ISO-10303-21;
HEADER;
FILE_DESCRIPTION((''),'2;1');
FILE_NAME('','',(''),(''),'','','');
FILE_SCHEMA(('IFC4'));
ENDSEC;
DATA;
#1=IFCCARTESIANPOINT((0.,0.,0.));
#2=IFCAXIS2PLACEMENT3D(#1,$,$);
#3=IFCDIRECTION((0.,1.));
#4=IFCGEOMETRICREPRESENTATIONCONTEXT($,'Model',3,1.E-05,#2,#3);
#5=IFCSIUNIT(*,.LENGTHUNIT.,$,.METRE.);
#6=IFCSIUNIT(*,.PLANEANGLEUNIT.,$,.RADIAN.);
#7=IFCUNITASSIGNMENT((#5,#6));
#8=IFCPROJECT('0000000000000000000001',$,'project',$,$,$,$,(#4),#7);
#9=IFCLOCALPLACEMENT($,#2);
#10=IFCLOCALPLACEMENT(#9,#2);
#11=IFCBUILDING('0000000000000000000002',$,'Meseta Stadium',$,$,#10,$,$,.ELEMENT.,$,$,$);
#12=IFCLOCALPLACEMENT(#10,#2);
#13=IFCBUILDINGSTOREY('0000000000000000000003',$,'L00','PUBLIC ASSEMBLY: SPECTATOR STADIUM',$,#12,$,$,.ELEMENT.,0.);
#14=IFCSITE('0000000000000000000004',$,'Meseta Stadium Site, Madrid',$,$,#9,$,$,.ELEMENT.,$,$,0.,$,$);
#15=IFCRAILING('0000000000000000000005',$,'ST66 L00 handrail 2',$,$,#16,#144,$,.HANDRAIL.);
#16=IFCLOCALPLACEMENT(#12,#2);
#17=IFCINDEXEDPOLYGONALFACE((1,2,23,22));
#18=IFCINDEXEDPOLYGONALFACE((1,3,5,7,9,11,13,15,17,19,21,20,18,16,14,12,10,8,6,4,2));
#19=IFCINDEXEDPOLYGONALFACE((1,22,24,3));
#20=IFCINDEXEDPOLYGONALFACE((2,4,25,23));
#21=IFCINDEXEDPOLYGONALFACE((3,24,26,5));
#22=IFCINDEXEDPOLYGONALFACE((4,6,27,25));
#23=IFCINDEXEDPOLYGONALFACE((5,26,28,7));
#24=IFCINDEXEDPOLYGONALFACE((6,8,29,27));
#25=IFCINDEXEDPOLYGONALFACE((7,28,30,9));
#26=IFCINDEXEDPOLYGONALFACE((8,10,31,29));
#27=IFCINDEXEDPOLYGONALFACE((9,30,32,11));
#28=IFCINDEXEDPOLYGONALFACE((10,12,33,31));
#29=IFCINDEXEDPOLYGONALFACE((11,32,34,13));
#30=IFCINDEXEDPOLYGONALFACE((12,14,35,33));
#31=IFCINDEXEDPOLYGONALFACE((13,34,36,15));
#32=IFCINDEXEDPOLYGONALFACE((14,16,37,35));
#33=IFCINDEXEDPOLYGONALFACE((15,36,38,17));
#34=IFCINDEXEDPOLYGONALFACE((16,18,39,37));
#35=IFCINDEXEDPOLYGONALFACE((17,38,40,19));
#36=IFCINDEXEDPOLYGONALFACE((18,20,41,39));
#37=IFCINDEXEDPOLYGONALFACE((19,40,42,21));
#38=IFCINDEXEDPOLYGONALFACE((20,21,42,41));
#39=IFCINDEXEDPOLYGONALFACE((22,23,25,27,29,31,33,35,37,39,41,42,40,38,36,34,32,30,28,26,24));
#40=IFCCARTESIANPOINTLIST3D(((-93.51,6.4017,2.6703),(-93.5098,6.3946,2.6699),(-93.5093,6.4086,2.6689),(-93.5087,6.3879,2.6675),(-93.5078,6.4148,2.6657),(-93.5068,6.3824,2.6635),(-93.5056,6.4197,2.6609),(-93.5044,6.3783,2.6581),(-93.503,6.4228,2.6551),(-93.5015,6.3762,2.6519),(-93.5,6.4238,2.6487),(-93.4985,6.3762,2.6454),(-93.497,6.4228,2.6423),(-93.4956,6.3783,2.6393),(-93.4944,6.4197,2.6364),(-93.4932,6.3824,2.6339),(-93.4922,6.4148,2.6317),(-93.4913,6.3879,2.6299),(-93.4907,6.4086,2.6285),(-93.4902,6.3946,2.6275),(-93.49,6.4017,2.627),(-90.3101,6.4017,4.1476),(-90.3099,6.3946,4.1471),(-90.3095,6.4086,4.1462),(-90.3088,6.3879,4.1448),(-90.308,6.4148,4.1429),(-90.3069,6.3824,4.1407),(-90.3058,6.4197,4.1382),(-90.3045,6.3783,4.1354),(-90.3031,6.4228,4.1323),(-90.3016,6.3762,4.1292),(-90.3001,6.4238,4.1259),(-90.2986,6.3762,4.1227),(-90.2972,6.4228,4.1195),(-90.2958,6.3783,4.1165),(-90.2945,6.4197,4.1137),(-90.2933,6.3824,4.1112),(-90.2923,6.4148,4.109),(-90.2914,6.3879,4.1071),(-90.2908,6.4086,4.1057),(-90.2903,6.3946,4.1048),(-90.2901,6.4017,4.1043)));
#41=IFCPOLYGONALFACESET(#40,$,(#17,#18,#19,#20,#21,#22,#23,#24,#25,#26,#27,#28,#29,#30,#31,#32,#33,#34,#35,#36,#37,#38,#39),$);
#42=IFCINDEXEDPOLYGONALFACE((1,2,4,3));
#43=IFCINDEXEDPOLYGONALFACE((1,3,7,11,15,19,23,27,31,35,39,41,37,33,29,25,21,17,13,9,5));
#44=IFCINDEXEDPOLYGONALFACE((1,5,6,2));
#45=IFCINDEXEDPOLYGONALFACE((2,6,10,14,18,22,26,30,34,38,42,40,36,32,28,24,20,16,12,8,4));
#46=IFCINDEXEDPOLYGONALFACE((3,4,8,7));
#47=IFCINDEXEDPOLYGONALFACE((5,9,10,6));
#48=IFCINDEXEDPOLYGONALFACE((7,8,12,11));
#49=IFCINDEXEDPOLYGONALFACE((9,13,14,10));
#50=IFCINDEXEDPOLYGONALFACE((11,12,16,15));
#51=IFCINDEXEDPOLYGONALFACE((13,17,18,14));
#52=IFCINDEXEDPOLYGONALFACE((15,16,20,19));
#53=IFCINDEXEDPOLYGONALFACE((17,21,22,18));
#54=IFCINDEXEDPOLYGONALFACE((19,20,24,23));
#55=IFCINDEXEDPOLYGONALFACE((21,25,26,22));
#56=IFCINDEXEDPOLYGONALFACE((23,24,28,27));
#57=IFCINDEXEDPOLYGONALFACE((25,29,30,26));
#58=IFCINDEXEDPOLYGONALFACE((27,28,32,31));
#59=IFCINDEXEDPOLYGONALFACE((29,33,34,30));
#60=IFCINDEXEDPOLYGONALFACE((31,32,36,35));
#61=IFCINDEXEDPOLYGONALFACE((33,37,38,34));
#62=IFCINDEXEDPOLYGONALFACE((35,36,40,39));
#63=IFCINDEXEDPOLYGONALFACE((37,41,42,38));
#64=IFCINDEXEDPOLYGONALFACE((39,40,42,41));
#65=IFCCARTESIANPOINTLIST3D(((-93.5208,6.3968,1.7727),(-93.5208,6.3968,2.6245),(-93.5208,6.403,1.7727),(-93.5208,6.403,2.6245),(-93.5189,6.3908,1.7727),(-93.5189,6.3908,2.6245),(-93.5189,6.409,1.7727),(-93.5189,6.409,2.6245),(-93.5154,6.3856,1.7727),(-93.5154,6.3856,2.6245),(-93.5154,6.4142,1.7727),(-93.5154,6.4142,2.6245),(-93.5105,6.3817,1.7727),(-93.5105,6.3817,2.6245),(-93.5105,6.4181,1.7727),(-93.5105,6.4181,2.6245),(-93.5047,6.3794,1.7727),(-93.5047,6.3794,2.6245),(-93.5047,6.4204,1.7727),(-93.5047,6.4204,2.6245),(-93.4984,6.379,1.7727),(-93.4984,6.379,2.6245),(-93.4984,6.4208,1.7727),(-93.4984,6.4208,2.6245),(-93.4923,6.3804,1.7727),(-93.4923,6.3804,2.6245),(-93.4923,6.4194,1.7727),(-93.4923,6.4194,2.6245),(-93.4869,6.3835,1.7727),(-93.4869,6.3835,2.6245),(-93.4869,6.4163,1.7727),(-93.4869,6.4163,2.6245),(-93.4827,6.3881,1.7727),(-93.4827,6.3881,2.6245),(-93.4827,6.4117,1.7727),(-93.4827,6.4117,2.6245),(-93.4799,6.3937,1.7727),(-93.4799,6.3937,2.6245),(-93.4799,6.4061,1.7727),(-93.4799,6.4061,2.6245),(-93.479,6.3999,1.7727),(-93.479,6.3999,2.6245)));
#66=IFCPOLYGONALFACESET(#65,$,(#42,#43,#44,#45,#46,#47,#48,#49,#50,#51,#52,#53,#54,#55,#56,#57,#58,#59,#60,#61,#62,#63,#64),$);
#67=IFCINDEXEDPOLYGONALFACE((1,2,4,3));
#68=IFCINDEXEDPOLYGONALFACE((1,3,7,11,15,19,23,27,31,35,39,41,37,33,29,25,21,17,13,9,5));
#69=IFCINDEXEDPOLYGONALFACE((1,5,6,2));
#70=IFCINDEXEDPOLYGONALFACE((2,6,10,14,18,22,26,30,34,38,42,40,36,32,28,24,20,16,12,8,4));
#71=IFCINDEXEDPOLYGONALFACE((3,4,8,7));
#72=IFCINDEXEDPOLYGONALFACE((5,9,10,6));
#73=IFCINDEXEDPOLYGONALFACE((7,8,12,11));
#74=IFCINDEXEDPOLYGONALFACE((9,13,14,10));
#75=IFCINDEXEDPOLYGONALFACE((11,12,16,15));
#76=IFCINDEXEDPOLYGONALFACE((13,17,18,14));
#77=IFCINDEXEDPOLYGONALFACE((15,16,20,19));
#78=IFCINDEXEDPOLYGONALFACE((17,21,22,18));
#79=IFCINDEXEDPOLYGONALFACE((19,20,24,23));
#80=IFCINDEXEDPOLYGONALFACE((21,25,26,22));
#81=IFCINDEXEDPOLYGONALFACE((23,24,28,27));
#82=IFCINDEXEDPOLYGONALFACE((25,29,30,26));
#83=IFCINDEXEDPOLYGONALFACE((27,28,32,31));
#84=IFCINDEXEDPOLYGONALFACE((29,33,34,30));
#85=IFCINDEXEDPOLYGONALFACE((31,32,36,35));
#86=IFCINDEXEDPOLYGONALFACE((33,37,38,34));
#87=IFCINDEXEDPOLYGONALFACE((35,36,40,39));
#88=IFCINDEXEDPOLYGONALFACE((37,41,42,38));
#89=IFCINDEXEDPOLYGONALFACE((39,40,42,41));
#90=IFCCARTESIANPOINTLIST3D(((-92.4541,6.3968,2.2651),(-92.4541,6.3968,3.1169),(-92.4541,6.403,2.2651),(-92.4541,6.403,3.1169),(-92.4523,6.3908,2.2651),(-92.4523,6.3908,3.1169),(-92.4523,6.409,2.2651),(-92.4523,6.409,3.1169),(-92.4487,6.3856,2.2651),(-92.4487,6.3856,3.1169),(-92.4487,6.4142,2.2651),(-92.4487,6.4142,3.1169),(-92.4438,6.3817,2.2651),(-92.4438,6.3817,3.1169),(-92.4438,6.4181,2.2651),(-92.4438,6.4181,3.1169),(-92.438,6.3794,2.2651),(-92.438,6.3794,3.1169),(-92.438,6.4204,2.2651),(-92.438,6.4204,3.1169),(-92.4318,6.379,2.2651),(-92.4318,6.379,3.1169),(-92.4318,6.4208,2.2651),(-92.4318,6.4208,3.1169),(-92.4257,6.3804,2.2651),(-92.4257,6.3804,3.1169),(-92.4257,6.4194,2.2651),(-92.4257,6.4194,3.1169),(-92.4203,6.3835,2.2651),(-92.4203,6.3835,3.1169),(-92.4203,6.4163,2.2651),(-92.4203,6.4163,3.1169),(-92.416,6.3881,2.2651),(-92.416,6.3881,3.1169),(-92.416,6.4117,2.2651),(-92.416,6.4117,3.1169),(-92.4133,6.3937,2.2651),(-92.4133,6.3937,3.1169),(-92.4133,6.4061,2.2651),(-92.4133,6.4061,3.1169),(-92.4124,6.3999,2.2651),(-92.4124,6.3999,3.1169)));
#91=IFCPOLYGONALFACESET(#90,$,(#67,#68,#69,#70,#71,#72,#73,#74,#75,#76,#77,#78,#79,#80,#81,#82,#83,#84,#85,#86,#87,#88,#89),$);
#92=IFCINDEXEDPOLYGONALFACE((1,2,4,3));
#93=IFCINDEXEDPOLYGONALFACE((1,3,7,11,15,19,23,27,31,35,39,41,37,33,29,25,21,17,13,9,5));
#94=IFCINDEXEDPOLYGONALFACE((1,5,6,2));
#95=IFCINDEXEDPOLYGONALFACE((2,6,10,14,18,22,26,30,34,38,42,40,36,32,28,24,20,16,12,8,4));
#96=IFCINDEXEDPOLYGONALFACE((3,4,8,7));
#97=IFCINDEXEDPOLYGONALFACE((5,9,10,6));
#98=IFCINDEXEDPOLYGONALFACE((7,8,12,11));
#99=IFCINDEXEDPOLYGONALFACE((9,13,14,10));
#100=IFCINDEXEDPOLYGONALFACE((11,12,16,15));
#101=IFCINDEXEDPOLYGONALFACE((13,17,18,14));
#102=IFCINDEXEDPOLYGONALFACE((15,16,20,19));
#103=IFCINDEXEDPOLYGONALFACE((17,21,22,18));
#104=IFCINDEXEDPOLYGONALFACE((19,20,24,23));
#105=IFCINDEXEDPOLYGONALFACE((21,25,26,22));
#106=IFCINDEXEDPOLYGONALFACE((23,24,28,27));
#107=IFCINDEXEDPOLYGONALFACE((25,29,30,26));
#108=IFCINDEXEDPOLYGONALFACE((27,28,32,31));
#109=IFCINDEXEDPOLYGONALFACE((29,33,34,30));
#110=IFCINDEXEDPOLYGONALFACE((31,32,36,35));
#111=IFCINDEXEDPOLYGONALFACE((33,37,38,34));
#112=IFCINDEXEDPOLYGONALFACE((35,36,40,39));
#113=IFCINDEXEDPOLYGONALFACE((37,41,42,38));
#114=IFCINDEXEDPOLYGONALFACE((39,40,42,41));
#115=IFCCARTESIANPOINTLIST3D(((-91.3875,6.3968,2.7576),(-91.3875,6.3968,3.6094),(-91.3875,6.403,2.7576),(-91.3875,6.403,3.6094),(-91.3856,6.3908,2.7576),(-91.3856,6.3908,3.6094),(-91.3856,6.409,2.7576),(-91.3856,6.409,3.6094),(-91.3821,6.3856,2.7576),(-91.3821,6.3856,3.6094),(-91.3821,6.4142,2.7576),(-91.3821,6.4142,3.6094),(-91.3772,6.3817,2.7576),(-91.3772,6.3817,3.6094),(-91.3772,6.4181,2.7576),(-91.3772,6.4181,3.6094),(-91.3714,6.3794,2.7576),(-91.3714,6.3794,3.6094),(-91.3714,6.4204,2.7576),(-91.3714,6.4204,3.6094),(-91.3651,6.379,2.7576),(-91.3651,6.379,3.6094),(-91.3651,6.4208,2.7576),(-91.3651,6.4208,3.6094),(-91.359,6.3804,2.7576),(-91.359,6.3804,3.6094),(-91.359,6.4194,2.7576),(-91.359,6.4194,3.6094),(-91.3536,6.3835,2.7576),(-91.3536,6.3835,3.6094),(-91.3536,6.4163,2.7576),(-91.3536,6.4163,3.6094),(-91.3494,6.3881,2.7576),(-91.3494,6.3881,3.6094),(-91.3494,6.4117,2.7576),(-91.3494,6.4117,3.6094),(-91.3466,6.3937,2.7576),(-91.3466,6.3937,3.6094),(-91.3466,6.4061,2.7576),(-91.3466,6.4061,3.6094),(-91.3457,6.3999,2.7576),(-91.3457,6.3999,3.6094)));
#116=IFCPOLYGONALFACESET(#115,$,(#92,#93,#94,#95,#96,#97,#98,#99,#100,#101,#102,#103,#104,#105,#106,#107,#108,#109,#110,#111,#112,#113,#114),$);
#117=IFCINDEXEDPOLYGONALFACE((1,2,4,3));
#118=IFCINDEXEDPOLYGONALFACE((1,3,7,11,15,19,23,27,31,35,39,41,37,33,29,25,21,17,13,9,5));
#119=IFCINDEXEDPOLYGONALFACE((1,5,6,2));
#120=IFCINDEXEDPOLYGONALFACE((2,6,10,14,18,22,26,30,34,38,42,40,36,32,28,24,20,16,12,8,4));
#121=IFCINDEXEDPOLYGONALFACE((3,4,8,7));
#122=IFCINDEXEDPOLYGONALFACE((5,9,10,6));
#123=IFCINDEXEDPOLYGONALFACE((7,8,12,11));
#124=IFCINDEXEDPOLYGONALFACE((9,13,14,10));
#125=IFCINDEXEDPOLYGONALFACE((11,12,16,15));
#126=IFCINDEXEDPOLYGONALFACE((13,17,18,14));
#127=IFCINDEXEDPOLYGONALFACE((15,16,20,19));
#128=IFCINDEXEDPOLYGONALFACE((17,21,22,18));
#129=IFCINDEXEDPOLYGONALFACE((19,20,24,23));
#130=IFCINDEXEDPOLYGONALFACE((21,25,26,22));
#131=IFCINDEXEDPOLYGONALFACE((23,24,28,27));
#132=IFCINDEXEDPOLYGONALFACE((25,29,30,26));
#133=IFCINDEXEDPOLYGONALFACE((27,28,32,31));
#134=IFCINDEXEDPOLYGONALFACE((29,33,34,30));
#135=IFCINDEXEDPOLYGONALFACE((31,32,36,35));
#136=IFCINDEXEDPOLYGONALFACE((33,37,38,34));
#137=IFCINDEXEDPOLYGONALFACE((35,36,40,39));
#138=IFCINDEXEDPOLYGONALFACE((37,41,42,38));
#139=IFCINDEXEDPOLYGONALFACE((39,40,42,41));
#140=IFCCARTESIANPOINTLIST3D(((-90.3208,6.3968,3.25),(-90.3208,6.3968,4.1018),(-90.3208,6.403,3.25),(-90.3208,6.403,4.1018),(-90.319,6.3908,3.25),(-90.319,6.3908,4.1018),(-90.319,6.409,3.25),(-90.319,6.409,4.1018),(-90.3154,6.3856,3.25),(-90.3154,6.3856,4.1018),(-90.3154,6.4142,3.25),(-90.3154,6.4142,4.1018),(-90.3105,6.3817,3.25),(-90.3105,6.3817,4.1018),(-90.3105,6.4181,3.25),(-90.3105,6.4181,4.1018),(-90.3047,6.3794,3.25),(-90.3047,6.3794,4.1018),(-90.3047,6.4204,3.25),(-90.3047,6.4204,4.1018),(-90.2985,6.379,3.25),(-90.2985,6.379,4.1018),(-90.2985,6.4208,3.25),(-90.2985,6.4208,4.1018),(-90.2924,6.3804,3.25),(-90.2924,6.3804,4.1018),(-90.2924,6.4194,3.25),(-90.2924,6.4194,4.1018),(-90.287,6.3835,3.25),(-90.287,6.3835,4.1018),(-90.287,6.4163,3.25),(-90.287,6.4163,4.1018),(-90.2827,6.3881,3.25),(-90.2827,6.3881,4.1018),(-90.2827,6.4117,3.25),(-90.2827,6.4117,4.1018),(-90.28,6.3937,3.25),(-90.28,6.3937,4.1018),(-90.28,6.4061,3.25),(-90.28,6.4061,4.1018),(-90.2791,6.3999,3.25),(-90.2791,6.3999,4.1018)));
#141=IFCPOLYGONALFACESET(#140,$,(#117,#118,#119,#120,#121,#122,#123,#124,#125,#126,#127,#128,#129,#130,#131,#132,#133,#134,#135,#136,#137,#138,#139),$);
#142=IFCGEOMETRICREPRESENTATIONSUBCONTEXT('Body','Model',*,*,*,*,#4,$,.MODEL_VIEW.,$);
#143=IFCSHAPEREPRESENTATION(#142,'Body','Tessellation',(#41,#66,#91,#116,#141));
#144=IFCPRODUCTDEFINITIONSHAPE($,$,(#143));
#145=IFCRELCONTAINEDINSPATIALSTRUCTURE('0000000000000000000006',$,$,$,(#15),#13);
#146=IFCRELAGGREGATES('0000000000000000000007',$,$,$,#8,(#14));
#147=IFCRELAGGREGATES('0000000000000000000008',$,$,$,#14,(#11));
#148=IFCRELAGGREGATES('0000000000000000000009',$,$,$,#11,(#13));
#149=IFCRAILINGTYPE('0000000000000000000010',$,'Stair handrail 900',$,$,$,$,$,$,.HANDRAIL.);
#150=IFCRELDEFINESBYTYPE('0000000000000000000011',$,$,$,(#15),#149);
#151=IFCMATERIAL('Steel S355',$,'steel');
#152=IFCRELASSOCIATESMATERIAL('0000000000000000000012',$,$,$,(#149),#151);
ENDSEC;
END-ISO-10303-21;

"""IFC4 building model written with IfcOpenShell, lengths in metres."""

from ifc_helpers import new_model, si_unit, direction, frame, origin, origin_2d, place, context, subcontext, project, spatial, circle, extrude, material, type_object, element, save


model = new_model("IFC4")

# Units and contexts
model_context = context("Model", 3, precision=1e-05, world=origin(), true_north=direction((0.0, 1.0)))
body_context = subcontext(model_context, "Body", "Model", "MODEL_VIEW")
ifc_project = project(units=[si_unit("LENGTHUNIT", "METRE"), si_unit("PLANEANGLEUNIT", "RADIAN")], contexts=[model_context])

# Site, building, storey
site_placement = place(None, origin())
site = spatial("IfcSite", under=ifc_project, at=site_placement, Name="Meseta Stadium Site, Madrid", CompositionType="ELEMENT", RefElevation=0.0)
building_placement = place(site_placement, origin())
building = spatial("IfcBuilding", under=site, at=building_placement, Name="Meseta Stadium", CompositionType="ELEMENT")
storey_placement = place(building_placement, origin())
storey = spatial("IfcBuildingStorey", under=building, at=storey_placement, Name="L00", Description="PUBLIC ASSEMBLY: SPECTATOR STADIUM", CompositionType="ELEMENT", Elevation=0.0)

# Railing
ifc_material_1 = material(Name="Steel S355", Category="steel")
railing_type_1 = type_object("IfcRailingType", Name="Stair handrail 900", PredefinedType="HANDRAIL", material=ifc_material_1)
for number, where, name in (
    (1, (-93.5, 6.3999, 1.7727), "ST66 L00 handrail 2"),
):
    element("IfcRailing", number, at=place(storey_placement, frame(where)), inside=storey, type_object=railing_type_1, Name=name, PredefinedType="HANDRAIL", context=body_context, shape_type="SweptSolid", body=[
        extrude(circle(Radius=0.0239, at=origin_2d()), frame((0.0, 0.0, 0.876), z_axis=(0.907917, 0.0, 0.41915), x_axis=(0.0, 1.0, 0.0)), (0.0, 0.0, 1.0), 3.5244),
        extrude(circle(Radius=0.021, at=origin_2d()), origin(), (0.0, 0.0, 1.0), 0.8518),
        extrude(circle(Radius=0.021, at=origin_2d()), frame((1.0667, 0.0, 0.4924)), (0.0, 0.0, 1.0), 0.8518),
        extrude(circle(Radius=0.021, at=origin_2d()), frame((2.1333, 0.0, 0.9849)), (0.0, 0.0, 1.0), 0.8518),
        extrude(circle(Radius=0.021, at=origin_2d()), frame((3.2, 0.0, 1.4773)), (0.0, 0.0, 1.0), 0.8518),
    ])

save(model, "model.ifc")
